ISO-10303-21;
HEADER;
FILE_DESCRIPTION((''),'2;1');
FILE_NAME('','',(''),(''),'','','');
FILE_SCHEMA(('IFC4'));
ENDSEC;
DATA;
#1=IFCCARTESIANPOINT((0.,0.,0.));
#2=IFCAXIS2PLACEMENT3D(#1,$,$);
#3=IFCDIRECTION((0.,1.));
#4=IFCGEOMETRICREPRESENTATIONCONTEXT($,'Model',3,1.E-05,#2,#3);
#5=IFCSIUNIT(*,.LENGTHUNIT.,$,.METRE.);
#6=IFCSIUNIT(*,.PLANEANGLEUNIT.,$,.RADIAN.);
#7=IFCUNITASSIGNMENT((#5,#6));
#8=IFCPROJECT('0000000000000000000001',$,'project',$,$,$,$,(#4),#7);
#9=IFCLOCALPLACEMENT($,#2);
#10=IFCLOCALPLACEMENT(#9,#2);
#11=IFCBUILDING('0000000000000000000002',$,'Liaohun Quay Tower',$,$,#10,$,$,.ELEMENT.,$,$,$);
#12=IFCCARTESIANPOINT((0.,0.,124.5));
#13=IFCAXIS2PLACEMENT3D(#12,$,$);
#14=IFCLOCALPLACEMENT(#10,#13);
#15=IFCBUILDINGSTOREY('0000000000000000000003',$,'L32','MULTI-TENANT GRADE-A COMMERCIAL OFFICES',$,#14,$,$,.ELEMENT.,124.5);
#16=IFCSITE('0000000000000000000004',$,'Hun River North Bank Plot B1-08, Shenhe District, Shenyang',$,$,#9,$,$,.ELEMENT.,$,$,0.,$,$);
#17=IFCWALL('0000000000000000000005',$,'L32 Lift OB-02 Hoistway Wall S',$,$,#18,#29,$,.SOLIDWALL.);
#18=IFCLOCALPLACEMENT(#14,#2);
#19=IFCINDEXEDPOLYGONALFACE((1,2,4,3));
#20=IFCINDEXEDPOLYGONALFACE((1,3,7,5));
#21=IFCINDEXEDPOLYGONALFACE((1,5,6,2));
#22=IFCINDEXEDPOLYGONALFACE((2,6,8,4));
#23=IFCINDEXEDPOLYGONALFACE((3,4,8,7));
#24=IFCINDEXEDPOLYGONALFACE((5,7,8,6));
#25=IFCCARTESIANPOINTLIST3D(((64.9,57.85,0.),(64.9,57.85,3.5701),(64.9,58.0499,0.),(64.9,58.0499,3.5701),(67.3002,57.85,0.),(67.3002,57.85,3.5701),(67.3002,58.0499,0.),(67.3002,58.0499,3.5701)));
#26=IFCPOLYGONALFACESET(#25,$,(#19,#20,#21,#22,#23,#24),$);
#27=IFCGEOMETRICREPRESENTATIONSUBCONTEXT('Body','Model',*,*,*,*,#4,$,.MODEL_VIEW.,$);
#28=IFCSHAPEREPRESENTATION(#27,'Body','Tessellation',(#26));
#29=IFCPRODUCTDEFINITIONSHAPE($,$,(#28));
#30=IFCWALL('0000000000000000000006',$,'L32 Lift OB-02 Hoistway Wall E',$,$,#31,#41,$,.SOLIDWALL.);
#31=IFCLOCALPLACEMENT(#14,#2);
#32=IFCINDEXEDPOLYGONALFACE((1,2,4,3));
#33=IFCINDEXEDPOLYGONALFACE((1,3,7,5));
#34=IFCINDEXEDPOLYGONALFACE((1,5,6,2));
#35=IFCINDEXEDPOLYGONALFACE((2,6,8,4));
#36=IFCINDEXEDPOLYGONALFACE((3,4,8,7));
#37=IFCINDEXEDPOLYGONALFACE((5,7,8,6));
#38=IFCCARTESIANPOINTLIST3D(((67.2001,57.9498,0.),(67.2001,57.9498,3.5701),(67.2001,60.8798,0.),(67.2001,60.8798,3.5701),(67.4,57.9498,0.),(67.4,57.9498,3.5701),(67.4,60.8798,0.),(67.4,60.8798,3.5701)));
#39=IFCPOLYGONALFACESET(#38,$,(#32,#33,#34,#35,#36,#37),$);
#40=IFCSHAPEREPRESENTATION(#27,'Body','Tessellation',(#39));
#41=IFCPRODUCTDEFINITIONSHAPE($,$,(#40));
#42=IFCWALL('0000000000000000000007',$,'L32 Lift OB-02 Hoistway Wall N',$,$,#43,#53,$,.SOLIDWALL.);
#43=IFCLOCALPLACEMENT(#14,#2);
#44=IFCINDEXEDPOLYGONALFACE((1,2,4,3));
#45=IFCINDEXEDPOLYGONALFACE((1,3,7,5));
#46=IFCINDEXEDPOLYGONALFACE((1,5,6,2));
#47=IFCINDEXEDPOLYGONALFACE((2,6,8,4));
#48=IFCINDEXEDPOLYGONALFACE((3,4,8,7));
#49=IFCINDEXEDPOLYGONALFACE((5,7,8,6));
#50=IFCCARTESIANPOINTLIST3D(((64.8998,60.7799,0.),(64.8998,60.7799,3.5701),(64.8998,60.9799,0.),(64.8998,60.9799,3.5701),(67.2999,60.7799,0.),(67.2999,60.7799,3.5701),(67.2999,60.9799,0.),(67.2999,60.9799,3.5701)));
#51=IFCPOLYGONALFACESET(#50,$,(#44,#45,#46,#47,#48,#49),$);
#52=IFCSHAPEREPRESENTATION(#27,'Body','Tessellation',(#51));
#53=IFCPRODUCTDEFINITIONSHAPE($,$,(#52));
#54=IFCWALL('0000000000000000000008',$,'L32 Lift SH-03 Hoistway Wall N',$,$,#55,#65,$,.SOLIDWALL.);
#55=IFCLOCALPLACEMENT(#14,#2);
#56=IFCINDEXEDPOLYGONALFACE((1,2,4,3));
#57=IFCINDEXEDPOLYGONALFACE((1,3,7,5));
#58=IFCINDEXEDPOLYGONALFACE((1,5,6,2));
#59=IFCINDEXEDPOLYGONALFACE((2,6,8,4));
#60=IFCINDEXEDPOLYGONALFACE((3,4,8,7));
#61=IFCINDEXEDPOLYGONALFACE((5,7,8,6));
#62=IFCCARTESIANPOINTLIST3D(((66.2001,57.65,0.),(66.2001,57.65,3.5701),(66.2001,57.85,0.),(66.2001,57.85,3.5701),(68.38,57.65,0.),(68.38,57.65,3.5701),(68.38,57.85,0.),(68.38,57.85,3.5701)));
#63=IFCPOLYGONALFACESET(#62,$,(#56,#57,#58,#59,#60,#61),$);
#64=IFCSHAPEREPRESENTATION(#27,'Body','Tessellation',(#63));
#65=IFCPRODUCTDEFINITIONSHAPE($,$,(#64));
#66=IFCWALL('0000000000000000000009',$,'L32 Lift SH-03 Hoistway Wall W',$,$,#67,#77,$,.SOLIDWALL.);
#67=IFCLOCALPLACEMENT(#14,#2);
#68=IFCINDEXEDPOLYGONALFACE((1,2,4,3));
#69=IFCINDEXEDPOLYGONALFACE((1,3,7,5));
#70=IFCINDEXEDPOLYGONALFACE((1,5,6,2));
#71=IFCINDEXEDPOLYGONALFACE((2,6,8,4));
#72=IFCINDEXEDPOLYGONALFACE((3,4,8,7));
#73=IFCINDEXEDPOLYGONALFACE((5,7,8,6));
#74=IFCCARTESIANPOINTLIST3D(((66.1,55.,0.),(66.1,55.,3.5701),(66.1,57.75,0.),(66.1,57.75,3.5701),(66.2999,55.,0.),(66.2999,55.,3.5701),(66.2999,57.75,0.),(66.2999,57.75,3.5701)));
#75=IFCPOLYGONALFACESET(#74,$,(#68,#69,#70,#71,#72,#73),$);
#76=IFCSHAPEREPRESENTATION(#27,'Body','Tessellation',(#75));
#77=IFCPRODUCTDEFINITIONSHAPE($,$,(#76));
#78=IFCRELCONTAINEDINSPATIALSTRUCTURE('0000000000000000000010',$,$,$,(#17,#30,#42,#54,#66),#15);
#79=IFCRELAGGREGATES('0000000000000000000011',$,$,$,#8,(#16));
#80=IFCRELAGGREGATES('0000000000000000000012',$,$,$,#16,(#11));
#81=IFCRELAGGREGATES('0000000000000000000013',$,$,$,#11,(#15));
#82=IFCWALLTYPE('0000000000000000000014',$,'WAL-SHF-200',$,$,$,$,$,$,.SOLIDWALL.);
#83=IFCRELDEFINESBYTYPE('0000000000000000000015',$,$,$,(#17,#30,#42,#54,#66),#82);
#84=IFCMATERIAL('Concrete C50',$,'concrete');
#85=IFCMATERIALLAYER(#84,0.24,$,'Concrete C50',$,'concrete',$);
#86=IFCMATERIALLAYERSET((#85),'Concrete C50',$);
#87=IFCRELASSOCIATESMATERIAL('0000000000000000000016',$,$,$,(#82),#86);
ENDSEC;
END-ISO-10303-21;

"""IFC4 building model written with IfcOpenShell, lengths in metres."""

from ifc_helpers import new_model, si_unit, direction, frame, frame_2d, origin, place, context, subcontext, project, spatial, rectangle, extrude, material, layer, layer_set, type_object, element, save


model = new_model("IFC4")

# Units and contexts
model_context = context("Model", 3, precision=1e-05, world=origin(), true_north=direction((0.0, 1.0)))
body_context = subcontext(model_context, "Body", "Model", "MODEL_VIEW")
ifc_project = project(units=[si_unit("LENGTHUNIT", "METRE"), si_unit("PLANEANGLEUNIT", "RADIAN")], contexts=[model_context])

# Site, building, storey
site_placement = place(None, origin())
site = spatial("IfcSite", under=ifc_project, at=site_placement, Name="Hun River North Bank Plot B1-08, Shenhe District, Shenyang", CompositionType="ELEMENT", RefElevation=0.0)
building_placement = place(site_placement, origin())
building = spatial("IfcBuilding", under=site, at=building_placement, Name="Liaohun Quay Tower", CompositionType="ELEMENT")
storey_placement = place(building_placement, frame((0.0, 0.0, 124.5)))
storey = spatial("IfcBuildingStorey", under=building, at=storey_placement, Name="L32", Description="MULTI-TENANT GRADE-A COMMERCIAL OFFICES", CompositionType="ELEMENT", Elevation=124.5)

# Walls
ifc_material_1 = material(Name="Concrete C50", Category="concrete")
ifc_layer_1 = layer(ifc_material_1, 0.24, Name="Concrete C50", Category="concrete")
ifc_layer_set_1 = layer_set([ifc_layer_1], Name="Concrete C50")
wall_type_1 = type_object("IfcWallType", Name="WAL-SHF-200", PredefinedType="SOLIDWALL", material=ifc_layer_set_1)
wall_1_placement = place(storey_placement, frame((64.8999, 57.95, 0.0), z_axis=(0.0, 0.0, 1.0), x_axis=(1.0, 0.0, 0.0)))
element("IfcWall", 1, at=wall_1_placement, inside=storey, type_object=wall_type_1, Name="L32 Lift OB-02 Hoistway Wall S", PredefinedType="SOLIDWALL", context=body_context, shape_type="SweptSolid", body=[
    extrude(rectangle(XDim=2.4001, YDim=0.2, at=frame_2d((1.2002, 0.0))), origin(), (0.0, 0.0, 1.0), 3.5701),
])
wall_2_placement = place(storey_placement, frame((67.3, 57.95, 0.0), z_axis=(0.0, 0.0, 1.0), x_axis=(0.0, 1.0, 0.0)))
element("IfcWall", 2, at=wall_2_placement, inside=storey, type_object=wall_type_1, Name="L32 Lift OB-02 Hoistway Wall E", PredefinedType="SOLIDWALL", context=body_context, shape_type="SweptSolid", body=[
    extrude(rectangle(XDim=2.9299, YDim=0.2, at=frame_2d((1.4648, 0.0))), origin(), (0.0, 0.0, 1.0), 3.5701),
])
wall_3_placement = place(storey_placement, frame((67.3, 60.8799, 0.0), z_axis=(0.0, 0.0, 1.0), x_axis=(-1.0, 0.0, 0.0)))
element("IfcWall", 3, at=wall_3_placement, inside=storey, type_object=wall_type_1, Name="L32 Lift OB-02 Hoistway Wall N", PredefinedType="SOLIDWALL", context=body_context, shape_type="SweptSolid", body=[
    extrude(rectangle(XDim=2.4001, YDim=0.2, at=frame_2d((1.2002, 0.0))), origin(), (0.0, 0.0, 1.0), 3.5701),
])
wall_4_placement = place(storey_placement, frame((68.3799, 57.75, 0.0), z_axis=(0.0, 0.0, 1.0), x_axis=(-1.0, 0.0, 0.0)))
element("IfcWall", 4, at=wall_4_placement, inside=storey, type_object=wall_type_1, Name="L32 Lift SH-03 Hoistway Wall N", PredefinedType="SOLIDWALL", context=body_context, shape_type="SweptSolid", body=[
    extrude(rectangle(XDim=2.1799, YDim=0.2, at=frame_2d((1.0898, 0.0))), origin(), (0.0, 0.0, 1.0), 3.5701),
])
wall_5_placement = place(storey_placement, frame((66.2, 57.75, 0.0), z_axis=(0.0, 0.0, 1.0), x_axis=(0.0, -1.0, 0.0)))
element("IfcWall", 5, at=wall_5_placement, inside=storey, type_object=wall_type_1, Name="L32 Lift SH-03 Hoistway Wall W", PredefinedType="SOLIDWALL", context=body_context, shape_type="SweptSolid", body=[
    extrude(rectangle(XDim=2.75, YDim=0.2, at=frame_2d((1.375, 0.0))), origin(), (0.0, 0.0, 1.0), 3.5701),
])

save(model, "model.ifc")
